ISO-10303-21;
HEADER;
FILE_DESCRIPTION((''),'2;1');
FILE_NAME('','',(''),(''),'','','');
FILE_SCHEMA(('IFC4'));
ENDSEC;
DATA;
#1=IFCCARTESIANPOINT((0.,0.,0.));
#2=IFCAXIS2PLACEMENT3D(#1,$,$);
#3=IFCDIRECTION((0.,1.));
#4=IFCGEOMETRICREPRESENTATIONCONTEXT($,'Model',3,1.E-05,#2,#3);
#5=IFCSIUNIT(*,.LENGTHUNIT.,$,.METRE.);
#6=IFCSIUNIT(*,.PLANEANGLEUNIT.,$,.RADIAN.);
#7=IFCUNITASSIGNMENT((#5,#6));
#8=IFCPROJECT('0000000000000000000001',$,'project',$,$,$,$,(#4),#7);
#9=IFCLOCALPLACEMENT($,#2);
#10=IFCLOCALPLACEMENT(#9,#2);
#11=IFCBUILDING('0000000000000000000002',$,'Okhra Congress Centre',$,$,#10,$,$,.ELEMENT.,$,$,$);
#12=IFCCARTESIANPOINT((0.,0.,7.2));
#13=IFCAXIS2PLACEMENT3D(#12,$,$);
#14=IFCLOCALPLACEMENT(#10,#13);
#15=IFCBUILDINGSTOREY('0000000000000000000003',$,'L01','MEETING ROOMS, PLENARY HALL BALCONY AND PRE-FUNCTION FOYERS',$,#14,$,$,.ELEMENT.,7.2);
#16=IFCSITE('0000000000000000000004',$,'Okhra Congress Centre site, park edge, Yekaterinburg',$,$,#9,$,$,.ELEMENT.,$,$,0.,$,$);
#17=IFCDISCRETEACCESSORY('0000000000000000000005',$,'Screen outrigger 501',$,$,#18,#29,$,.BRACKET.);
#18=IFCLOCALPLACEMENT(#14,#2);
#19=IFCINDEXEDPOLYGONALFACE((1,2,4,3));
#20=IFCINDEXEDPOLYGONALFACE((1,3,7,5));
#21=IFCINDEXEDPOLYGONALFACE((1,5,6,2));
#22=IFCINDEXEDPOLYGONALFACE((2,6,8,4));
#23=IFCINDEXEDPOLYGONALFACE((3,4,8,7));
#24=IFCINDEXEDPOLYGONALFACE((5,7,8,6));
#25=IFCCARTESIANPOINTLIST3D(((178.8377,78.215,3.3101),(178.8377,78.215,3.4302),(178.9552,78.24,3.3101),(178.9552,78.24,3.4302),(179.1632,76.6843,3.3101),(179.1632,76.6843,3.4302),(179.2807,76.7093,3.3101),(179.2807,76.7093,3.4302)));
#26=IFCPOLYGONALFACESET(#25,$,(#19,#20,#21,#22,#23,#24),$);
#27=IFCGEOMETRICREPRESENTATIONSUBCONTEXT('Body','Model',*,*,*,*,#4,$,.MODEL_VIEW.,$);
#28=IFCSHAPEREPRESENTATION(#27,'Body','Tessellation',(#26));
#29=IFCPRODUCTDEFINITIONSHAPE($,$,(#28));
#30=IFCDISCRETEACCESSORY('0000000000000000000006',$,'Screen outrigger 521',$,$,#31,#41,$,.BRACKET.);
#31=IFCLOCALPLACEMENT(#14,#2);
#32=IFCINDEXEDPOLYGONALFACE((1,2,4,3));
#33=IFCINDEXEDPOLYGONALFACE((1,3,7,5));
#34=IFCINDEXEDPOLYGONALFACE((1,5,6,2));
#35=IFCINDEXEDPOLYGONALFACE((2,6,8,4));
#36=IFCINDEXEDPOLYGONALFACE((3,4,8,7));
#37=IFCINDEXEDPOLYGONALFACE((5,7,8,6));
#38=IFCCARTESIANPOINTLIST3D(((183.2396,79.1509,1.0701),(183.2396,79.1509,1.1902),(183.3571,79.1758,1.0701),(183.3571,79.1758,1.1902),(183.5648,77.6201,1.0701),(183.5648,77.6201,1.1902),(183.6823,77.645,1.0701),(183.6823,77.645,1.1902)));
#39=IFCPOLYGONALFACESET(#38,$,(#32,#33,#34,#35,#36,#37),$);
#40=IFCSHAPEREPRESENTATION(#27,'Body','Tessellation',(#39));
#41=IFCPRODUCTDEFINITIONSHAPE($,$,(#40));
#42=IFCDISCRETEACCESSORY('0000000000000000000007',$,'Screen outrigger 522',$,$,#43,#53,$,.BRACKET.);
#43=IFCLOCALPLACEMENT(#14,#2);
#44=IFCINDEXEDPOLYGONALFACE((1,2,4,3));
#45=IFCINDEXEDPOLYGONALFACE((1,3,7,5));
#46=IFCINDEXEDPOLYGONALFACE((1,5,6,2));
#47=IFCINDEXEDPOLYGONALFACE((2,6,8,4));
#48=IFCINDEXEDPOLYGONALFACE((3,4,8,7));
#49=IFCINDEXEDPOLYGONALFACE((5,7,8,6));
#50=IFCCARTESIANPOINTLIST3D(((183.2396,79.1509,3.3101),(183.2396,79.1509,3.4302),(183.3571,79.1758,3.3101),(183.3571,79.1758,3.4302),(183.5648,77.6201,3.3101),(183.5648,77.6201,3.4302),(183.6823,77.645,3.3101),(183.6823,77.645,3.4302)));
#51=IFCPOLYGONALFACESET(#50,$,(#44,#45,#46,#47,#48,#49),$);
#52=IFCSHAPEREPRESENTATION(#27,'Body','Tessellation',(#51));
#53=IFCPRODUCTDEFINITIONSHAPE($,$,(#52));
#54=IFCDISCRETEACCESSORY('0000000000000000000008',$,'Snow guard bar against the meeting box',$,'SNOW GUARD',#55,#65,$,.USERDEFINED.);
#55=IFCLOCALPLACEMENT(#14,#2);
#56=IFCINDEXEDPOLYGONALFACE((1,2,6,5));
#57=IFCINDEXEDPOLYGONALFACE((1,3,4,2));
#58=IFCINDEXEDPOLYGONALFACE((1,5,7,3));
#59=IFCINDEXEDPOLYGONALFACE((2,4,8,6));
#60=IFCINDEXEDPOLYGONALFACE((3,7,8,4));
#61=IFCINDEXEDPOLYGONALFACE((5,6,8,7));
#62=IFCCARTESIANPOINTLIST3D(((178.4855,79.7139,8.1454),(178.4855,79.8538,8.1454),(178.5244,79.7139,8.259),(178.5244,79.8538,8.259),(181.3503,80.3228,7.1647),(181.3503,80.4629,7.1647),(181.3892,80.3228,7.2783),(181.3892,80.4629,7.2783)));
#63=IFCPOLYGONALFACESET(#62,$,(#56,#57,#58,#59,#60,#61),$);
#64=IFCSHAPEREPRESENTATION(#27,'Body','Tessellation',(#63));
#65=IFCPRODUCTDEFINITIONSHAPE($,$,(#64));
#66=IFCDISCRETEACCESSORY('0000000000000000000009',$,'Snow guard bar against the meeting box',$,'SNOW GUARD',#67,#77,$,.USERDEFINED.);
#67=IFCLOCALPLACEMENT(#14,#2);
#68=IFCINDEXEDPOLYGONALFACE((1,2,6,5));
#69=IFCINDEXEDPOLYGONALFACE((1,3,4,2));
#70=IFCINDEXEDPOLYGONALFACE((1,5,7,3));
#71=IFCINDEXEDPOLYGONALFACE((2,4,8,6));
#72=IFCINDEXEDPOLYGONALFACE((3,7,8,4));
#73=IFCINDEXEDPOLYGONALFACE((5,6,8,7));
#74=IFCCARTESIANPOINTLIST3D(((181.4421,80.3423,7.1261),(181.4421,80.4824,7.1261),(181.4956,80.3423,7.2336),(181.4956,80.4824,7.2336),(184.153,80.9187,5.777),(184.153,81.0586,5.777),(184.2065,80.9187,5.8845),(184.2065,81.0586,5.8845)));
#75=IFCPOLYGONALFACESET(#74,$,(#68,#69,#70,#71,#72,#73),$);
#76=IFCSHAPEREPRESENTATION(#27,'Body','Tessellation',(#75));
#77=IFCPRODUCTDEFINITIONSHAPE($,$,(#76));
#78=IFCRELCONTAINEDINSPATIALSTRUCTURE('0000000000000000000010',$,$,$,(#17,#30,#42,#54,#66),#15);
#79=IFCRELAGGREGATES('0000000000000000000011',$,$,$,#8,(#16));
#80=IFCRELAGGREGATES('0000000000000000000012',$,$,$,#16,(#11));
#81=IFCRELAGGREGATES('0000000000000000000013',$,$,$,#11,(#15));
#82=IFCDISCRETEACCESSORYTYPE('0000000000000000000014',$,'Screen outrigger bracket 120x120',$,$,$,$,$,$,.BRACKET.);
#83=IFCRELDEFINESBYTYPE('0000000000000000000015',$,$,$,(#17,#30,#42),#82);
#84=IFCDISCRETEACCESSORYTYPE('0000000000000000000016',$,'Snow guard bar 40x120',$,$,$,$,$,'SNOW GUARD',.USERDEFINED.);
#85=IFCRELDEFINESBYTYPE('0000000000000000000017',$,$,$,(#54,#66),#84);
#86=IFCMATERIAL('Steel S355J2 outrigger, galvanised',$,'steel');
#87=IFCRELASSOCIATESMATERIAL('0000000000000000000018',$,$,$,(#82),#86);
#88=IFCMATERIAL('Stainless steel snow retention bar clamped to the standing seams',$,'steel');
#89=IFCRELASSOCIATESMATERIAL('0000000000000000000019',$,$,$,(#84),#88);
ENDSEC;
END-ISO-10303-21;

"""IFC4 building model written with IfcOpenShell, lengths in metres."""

from ifc_helpers import new_model, si_unit, direction, frame, origin, origin_2d, place, context, subcontext, project, spatial, polyline, rectangle, outline, extrude, material, material_profile, profile_set, type_object, element, save


model = new_model("IFC4")

# Units and contexts
model_context = context("Model", 3, precision=1e-05, world=origin(), true_north=direction((0.0, 1.0)))
body_context = subcontext(model_context, "Body", "Model", "MODEL_VIEW")
ifc_project = project(units=[si_unit("LENGTHUNIT", "METRE"), si_unit("PLANEANGLEUNIT", "RADIAN")], contexts=[model_context])

# Site, building, storey
site_placement = place(None, origin())
site = spatial("IfcSite", under=ifc_project, at=site_placement, Name="Okhra Congress Centre site, park edge, Yekaterinburg", CompositionType="ELEMENT", RefElevation=0.0)
building_placement = place(site_placement, origin())
building = spatial("IfcBuilding", under=site, at=building_placement, Name="Okhra Congress Centre", CompositionType="ELEMENT")
storey_placement = place(building_placement, frame((0.0, 0.0, 7.2)))
storey = spatial("IfcBuildingStorey", under=building, at=storey_placement, Name="L01", Description="MEETING ROOMS, PLENARY HALL BALCONY AND PRE-FUNCTION FOYERS", CompositionType="ELEMENT", Elevation=7.2)

# Discrete accessories
ifc_material_1 = material(Name="Steel S355J2 outrigger, galvanised", Category="steel")
ifc_material_profile_1 = material_profile(ifc_material_1, rectangle(XDim=0.1201, YDim=0.1201, at=origin_2d()), Name="Screen outrigger bracket 120x120")
ifc_profile_set_1 = profile_set([ifc_material_profile_1], Name="Steel S355J2 outrigger, galvanised")
discrete_accessory_type_1 = type_object("IfcDiscreteAccessoryType", Name="Screen outrigger bracket 120x120", PredefinedType="BRACKET", material=ifc_profile_set_1)
for number, where, z_axis, x_axis, name in (
    (1, (179.2219, 76.6968, 3.3701), (-0.207952, 0.978139, 0.0), (-0.978139, -0.207952, 0.0), "Screen outrigger 501"),
    (2, (183.6235, 77.6326, 1.1301), (-0.207803, 0.978171, 0.0), (-0.978171, -0.207803, 0.0), "Screen outrigger 521"),
    (3, (183.6235, 77.6326, 3.3701), (-0.207803, 0.978171, 0.0), (-0.978171, -0.207803, 0.0), "Screen outrigger 522"),
):
    element("IfcDiscreteAccessory", number, at=place(storey_placement, frame(where, z_axis=z_axis, x_axis=x_axis)), inside=storey, type_object=discrete_accessory_type_1, Name=name, PredefinedType="BRACKET", context=body_context, shape_type="SweptSolid", body=[
        extrude(rectangle(XDim=0.1201, YDim=0.1201, at=origin_2d()), origin(), (0.0, 0.0, 1.0), 1.5649),
    ])
ifc_material_2 = material(Name="Stainless steel snow retention bar clamped to the standing seams", Category="steel")
discrete_accessory_type_2 = type_object("IfcDiscreteAccessoryType", Name="Snow guard bar 40x120", ElementType="SNOW GUARD", PredefinedType="USERDEFINED", material=ifc_material_2)
discrete_accessory_1_placement = place(storey_placement, frame((178.5244, 79.7139, 8.259), z_axis=(0.323885, 0.0, 0.946096), x_axis=(0.927529, 0.197141, -0.317529)))
element("IfcDiscreteAccessory", 4, at=discrete_accessory_1_placement, inside=storey, type_object=discrete_accessory_type_2, Name="Snow guard bar against the meeting box", ObjectType="SNOW GUARD", PredefinedType="USERDEFINED", context=body_context, shape_type="SweptSolid", body=[
    extrude(outline(polyline([(0.0, 0.0), (3.0886, 0.0), (3.1162, 0.1374), (0.0276, 0.1371), (0.0, 0.0)])), origin(), (0.0, 0.0, -1.0), 0.1201),
])
discrete_accessory_2_placement = place(storey_placement, frame((181.4956, 80.3423, 7.2336), z_axis=(0.445536, 0.0, 0.895264), x_axis=(0.879472, 0.186999, -0.437677)))
element("IfcDiscreteAccessory", 5, at=discrete_accessory_2_placement, inside=storey, type_object=discrete_accessory_type_2, Name="Snow guard bar against the meeting box", ObjectType="SNOW GUARD", PredefinedType="USERDEFINED", context=body_context, shape_type="SweptSolid", body=[
    extrude(outline(polyline([(0.0, 0.0), (3.0825, 0.0), (3.1086, 0.1374), (0.0262, 0.1377), (0.0, 0.0)])), origin(), (0.0, 0.0, -1.0), 0.1201),
])

save(model, "model.ifc")
